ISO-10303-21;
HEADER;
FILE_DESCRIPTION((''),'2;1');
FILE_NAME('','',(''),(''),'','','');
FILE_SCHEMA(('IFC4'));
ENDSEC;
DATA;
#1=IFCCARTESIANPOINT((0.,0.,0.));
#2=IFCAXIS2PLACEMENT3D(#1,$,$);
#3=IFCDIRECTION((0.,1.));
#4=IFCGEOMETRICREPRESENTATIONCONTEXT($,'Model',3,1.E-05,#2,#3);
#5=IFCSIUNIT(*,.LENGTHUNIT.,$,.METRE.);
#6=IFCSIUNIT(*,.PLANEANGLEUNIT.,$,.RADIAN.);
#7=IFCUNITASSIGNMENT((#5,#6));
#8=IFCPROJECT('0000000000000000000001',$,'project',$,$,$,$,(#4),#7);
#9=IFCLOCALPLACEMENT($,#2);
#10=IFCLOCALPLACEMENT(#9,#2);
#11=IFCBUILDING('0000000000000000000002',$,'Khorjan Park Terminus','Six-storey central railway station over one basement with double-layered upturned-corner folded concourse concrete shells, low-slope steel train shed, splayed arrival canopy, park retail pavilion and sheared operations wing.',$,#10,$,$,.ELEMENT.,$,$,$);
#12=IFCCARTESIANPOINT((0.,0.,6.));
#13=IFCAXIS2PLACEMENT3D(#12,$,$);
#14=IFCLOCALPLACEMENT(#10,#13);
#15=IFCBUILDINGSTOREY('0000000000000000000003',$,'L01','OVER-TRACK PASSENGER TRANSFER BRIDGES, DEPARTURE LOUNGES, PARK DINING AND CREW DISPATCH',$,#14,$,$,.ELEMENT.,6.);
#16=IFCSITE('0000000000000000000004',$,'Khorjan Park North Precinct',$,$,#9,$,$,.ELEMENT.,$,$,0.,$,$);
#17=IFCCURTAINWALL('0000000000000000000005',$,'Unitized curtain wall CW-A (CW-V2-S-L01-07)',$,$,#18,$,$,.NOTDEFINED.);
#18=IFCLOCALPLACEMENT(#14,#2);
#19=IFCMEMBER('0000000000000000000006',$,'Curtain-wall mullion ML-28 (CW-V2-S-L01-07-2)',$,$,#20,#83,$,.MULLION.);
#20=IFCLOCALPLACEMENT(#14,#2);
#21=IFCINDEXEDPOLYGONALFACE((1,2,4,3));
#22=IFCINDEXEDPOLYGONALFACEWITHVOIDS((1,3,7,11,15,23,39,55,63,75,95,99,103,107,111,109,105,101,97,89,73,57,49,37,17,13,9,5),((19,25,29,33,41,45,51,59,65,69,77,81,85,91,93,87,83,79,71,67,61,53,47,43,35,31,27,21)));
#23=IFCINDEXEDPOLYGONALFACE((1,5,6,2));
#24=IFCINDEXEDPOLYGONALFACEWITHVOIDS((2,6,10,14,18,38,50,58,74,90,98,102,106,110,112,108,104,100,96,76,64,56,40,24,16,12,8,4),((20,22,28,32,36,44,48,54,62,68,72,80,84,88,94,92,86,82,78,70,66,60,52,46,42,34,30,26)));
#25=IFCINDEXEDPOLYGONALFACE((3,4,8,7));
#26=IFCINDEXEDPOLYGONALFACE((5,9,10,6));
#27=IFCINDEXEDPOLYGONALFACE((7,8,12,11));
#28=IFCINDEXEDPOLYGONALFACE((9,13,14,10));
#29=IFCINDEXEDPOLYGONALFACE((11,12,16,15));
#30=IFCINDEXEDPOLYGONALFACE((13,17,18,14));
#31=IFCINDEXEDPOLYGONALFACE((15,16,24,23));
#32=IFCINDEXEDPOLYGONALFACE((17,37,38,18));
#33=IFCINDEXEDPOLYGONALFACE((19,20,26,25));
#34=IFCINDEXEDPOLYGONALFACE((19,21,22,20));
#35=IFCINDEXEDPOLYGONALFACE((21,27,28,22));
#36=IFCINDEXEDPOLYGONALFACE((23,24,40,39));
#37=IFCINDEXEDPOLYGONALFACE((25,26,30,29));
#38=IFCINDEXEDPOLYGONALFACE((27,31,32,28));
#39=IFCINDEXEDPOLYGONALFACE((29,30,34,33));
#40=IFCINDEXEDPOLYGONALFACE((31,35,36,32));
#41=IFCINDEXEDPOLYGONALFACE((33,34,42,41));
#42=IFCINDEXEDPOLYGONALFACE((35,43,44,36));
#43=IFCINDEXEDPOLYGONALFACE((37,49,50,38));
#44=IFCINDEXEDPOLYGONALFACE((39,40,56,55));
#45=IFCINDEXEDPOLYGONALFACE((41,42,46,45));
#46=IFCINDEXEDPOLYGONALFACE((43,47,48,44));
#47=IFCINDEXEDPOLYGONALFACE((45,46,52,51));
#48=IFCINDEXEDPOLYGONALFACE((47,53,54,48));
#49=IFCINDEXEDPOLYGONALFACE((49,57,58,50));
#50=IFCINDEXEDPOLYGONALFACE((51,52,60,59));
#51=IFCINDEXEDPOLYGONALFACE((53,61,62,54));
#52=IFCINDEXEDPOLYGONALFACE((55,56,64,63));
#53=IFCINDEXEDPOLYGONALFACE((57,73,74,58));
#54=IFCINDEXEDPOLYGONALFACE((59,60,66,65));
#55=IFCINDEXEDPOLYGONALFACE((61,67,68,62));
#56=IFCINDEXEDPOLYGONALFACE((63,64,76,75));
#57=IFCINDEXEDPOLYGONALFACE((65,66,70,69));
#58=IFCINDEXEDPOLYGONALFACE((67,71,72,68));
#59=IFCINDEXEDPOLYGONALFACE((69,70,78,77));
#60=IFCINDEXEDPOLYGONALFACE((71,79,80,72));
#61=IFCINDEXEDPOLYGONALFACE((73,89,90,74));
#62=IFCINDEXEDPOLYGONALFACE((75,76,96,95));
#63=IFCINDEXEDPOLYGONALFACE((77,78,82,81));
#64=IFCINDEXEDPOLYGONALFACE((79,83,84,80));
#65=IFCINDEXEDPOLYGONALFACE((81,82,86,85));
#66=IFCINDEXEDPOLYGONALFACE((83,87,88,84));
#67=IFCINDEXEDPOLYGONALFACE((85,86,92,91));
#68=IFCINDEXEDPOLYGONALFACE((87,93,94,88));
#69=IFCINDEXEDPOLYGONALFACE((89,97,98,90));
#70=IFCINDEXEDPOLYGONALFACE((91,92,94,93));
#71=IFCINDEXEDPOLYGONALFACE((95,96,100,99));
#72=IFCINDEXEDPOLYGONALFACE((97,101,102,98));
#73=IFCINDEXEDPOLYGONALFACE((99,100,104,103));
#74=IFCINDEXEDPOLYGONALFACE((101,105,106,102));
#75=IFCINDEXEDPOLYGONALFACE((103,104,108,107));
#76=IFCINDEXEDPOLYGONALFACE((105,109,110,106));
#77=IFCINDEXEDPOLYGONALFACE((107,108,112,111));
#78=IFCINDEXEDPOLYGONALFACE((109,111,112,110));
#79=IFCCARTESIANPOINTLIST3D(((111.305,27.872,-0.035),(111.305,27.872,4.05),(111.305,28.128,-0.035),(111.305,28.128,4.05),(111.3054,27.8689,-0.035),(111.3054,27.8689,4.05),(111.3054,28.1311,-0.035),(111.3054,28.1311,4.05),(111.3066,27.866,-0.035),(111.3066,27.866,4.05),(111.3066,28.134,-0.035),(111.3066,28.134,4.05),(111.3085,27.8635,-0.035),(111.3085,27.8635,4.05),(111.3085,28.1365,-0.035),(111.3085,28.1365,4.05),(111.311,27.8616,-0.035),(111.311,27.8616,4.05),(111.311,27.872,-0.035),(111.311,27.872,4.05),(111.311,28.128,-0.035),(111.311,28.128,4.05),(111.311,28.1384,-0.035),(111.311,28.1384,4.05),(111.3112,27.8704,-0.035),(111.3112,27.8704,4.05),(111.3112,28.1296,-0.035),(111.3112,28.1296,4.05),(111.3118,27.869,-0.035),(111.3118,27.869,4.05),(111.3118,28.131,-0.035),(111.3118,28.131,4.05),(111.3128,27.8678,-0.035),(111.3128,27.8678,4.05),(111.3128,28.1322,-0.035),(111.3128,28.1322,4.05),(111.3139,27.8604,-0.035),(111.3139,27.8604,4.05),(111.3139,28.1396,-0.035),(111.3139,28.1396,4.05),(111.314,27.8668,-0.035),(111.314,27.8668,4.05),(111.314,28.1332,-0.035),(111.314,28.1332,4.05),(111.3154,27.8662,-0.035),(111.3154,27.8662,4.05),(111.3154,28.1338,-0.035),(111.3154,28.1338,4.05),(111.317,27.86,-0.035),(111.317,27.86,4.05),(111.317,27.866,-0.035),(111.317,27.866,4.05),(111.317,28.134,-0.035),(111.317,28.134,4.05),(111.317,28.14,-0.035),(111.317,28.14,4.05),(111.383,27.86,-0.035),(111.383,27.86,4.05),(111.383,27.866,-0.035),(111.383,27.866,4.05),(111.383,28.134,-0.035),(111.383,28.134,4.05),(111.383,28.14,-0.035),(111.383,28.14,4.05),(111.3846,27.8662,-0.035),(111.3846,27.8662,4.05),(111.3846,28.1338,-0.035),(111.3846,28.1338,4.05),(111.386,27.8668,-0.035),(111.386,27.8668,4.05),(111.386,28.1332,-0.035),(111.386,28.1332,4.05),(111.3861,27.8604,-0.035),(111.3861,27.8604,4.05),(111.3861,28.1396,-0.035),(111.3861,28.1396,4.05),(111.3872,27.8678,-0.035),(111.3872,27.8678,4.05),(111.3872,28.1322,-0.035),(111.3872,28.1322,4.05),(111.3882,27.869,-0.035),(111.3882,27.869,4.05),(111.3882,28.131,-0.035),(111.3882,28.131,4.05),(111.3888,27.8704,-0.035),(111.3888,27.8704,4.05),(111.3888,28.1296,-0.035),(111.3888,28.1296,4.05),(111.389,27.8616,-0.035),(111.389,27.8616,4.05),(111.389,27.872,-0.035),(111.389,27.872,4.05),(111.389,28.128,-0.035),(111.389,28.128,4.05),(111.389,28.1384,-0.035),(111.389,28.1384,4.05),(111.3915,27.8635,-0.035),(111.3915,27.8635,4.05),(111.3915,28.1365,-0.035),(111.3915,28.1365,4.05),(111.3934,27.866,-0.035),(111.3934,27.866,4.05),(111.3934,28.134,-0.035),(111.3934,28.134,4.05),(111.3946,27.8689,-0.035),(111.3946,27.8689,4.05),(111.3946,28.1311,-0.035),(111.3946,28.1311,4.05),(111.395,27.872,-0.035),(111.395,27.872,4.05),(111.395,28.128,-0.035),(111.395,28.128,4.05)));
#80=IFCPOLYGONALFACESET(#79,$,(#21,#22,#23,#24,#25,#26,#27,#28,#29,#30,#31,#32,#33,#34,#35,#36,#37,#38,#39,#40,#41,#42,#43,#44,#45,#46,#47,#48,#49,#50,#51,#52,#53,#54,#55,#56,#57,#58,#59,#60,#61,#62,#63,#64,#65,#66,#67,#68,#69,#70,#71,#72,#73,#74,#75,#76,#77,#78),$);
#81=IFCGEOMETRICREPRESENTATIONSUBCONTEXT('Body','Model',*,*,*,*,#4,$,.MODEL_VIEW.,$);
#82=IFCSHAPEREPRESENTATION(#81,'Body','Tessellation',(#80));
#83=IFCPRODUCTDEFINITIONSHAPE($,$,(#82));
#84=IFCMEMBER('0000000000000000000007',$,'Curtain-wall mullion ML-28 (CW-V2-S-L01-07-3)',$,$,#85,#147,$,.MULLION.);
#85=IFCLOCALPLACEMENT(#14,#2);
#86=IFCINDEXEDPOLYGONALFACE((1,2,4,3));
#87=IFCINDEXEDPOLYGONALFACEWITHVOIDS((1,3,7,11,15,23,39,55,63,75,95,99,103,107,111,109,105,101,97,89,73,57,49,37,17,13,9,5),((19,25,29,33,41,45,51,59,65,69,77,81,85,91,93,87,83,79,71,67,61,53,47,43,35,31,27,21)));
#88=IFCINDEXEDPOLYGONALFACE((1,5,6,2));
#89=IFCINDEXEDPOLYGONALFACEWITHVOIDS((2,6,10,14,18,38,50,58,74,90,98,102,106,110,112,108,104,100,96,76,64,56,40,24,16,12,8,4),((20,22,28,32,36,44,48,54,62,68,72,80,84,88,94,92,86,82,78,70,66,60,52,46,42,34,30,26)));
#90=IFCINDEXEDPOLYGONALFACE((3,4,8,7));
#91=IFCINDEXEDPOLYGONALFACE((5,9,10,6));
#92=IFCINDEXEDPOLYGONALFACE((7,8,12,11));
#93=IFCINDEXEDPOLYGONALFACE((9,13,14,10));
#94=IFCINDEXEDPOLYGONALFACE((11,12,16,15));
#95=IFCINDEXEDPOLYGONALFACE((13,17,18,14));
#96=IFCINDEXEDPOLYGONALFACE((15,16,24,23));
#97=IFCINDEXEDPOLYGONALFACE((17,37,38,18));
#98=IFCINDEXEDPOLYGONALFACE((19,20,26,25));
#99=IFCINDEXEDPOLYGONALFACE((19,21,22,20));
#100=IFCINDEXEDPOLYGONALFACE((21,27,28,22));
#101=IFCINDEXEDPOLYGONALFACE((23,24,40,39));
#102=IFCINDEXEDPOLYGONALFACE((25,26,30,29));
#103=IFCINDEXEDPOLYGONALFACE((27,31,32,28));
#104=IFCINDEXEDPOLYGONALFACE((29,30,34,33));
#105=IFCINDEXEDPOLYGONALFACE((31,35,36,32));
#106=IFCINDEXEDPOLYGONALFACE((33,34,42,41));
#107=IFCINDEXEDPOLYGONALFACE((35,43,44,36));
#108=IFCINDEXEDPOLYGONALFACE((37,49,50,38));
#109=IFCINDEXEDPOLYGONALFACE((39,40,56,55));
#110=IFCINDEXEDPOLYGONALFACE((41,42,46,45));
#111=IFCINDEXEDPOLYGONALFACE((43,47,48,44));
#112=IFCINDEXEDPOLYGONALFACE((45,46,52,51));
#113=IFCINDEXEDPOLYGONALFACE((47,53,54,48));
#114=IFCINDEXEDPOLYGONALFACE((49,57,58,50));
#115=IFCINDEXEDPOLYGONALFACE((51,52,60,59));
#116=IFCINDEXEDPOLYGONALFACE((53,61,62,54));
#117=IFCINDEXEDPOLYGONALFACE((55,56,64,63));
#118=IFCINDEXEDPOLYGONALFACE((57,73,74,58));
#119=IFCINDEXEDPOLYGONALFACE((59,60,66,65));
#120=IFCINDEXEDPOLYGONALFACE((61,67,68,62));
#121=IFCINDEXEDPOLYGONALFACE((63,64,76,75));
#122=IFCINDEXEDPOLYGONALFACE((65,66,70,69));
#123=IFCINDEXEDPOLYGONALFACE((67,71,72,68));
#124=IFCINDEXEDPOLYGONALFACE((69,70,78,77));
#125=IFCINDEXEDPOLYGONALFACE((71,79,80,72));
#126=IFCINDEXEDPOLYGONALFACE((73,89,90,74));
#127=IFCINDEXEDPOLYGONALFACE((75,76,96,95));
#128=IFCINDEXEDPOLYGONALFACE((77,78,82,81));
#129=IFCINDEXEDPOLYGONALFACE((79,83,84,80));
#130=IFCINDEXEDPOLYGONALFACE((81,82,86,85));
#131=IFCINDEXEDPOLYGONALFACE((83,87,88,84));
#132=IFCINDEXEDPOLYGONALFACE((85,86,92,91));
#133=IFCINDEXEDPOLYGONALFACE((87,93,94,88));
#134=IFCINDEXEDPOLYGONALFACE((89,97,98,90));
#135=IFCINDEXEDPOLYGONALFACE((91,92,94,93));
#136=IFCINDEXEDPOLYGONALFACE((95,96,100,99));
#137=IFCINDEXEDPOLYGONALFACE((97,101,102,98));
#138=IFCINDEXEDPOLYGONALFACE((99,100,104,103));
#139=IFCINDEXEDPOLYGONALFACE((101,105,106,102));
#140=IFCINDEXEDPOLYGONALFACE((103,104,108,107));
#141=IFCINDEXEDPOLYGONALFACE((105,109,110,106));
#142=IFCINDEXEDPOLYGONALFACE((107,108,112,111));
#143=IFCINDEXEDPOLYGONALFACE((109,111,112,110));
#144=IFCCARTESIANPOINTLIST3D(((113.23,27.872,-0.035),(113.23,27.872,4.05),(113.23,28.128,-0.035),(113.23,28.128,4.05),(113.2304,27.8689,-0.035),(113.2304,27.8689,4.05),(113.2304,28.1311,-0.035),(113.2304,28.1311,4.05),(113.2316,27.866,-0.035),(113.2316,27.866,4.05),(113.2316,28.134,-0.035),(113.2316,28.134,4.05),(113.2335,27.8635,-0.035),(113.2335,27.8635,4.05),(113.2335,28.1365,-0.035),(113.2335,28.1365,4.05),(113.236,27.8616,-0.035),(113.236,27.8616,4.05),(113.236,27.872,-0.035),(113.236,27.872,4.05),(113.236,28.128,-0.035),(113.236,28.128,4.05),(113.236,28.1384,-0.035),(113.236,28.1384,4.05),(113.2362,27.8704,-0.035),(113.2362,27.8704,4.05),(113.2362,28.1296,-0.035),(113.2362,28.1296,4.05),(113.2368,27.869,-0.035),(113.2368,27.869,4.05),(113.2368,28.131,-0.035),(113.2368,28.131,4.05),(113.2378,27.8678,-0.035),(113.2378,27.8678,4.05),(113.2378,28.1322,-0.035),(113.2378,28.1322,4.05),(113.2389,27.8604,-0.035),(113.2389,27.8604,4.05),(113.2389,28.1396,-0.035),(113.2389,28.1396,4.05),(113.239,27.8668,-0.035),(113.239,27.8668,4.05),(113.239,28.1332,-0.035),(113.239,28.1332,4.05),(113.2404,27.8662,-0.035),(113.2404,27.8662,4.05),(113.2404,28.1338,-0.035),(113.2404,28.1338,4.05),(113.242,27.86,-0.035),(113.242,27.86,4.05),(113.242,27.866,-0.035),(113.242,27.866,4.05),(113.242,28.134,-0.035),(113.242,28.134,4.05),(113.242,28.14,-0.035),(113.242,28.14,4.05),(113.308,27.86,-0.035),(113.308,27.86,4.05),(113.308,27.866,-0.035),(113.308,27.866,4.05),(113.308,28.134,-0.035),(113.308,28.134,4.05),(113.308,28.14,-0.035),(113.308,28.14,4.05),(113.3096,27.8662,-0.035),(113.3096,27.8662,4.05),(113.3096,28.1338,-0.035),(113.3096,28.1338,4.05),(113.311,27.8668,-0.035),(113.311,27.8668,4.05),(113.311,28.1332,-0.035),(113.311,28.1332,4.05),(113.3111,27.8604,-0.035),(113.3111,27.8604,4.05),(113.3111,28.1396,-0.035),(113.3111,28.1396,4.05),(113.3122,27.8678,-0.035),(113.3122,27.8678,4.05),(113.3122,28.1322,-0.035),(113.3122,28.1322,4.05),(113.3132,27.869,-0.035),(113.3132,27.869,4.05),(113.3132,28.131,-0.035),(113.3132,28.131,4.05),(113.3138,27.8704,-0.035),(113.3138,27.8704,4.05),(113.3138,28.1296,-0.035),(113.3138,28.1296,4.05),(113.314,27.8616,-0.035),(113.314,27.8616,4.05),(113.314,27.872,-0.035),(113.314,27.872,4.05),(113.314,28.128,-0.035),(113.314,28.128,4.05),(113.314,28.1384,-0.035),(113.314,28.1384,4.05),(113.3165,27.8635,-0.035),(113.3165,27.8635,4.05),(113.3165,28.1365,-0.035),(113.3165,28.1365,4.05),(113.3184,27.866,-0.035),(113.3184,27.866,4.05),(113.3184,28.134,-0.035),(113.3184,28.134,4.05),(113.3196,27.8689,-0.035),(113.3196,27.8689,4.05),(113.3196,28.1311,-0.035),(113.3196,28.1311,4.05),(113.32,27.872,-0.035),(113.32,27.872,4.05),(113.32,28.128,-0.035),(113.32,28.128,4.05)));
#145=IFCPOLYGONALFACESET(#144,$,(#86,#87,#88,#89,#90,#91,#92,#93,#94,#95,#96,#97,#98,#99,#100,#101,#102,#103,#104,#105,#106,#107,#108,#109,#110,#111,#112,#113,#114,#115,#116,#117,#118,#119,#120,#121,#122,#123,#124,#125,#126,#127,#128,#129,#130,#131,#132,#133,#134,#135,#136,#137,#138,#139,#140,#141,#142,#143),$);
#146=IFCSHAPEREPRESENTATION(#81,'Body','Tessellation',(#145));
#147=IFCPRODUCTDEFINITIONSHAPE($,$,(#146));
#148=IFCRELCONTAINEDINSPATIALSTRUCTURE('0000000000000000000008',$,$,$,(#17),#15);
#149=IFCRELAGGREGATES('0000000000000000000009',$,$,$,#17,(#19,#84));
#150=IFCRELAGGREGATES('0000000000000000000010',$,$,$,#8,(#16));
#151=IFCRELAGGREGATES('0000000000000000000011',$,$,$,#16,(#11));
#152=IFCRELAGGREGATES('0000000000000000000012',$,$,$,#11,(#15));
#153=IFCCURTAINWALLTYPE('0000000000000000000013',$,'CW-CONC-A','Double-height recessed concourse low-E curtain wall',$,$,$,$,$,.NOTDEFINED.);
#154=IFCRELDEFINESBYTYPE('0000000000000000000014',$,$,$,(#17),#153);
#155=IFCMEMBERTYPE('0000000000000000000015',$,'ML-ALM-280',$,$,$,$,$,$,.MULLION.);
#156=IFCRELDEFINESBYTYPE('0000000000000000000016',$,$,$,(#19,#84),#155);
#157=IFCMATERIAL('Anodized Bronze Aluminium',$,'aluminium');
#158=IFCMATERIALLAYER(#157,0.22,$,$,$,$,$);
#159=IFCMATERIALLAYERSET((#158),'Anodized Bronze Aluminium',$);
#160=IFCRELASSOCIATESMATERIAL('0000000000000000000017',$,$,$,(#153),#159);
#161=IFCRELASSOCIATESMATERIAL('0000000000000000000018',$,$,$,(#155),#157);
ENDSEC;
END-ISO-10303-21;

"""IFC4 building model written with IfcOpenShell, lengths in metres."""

from ifc_helpers import new_model, si_unit, direction, frame, origin, origin_2d, place, context, subcontext, project, spatial, hollow_rectangle, extrude, material, layer, layer_set, material_profile, profile_set, type_object, element, aggregate, save


model = new_model("IFC4")

# Units and contexts
model_context = context("Model", 3, precision=1e-05, world=origin(), true_north=direction((0.0, 1.0)))
body_context = subcontext(model_context, "Body", "Model", "MODEL_VIEW")
ifc_project = project(units=[si_unit("LENGTHUNIT", "METRE"), si_unit("PLANEANGLEUNIT", "RADIAN")], contexts=[model_context])

# Site, building, storey
site_placement = place(None, origin())
site = spatial("IfcSite", under=ifc_project, at=site_placement, Name="Khorjan Park North Precinct", CompositionType="ELEMENT", RefElevation=0.0)
building_placement = place(site_placement, origin())
building = spatial("IfcBuilding", under=site, at=building_placement, Name="Khorjan Park Terminus", Description="Six-storey central railway station over one basement with double-layered upturned-corner folded concourse concrete shells, low-slope steel train shed, splayed arrival canopy, park retail pavilion and sheared operations wing.", CompositionType="ELEMENT")
storey_placement = place(building_placement, frame((0.0, 0.0, 6.0)))
storey = spatial("IfcBuildingStorey", under=building, at=storey_placement, Name="L01", Description="OVER-TRACK PASSENGER TRANSFER BRIDGES, DEPARTURE LOUNGES, PARK DINING AND CREW DISPATCH", CompositionType="ELEMENT", Elevation=6.0)

# Curtain wall, members
ifc_material_1 = material(Name="Anodized Bronze Aluminium", Category="aluminium")
ifc_layer_1 = layer(ifc_material_1, 0.22)
ifc_layer_set_1 = layer_set([ifc_layer_1], Name="Anodized Bronze Aluminium")
curtain_wall_type = type_object("IfcCurtainWallType", Name="CW-CONC-A", Description="Double-height recessed concourse low-E curtain wall", PredefinedType="NOTDEFINED", material=ifc_layer_set_1)
curtain_wall_placement = place(storey_placement, origin())
curtain_wall = element("IfcCurtainWall", 1, at=curtain_wall_placement, inside=storey, type_object=curtain_wall_type, Name="Unitized curtain wall CW-A (CW-V2-S-L01-07)", PredefinedType="NOTDEFINED")
ifc_material_profile_1 = material_profile(ifc_material_1, hollow_rectangle(XDim=0.09, YDim=0.28, WallThickness=0.006, InnerFilletRadius=0.006, OuterFilletRadius=0.012, at=origin_2d()), Name="ALM 90x280x6")
ifc_profile_set_1 = profile_set([ifc_material_profile_1], Name="Anodized Bronze Aluminium")
member_type_1 = type_object("IfcMemberType", Name="ML-ALM-280", PredefinedType="MULLION", material=ifc_profile_set_1)
member_1_placement = place(storey_placement, frame((111.35, 28.0, -0.035), z_axis=(0.0, 0.0, 1.0), x_axis=(1.0, 0.0, 0.0)))
member_1 = element("IfcMember", 2, at=member_1_placement, type_object=member_type_1, Name="Curtain-wall mullion ML-28 (CW-V2-S-L01-07-2)", PredefinedType="MULLION", context=body_context, shape_type="SweptSolid", body=[
    extrude(hollow_rectangle(XDim=0.09, YDim=0.28, WallThickness=0.006, InnerFilletRadius=0.006, OuterFilletRadius=0.012, at=origin_2d()), origin(), (0.0, 0.0, 1.0), 4.085),
])
member_2_placement = place(storey_placement, frame((113.275, 28.0, -0.035), z_axis=(0.0, 0.0, 1.0), x_axis=(1.0, 0.0, 0.0)))
member_2 = element("IfcMember", 3, at=member_2_placement, type_object=member_type_1, Name="Curtain-wall mullion ML-28 (CW-V2-S-L01-07-3)", PredefinedType="MULLION", context=body_context, shape_type="SweptSolid", body=[
    extrude(hollow_rectangle(XDim=0.09, YDim=0.28, WallThickness=0.006, InnerFilletRadius=0.006, OuterFilletRadius=0.012, at=origin_2d()), origin(), (0.0, 0.0, 1.0), 4.085),
])
aggregate(curtain_wall, [member_1, member_2])

save(model, "model.ifc")
